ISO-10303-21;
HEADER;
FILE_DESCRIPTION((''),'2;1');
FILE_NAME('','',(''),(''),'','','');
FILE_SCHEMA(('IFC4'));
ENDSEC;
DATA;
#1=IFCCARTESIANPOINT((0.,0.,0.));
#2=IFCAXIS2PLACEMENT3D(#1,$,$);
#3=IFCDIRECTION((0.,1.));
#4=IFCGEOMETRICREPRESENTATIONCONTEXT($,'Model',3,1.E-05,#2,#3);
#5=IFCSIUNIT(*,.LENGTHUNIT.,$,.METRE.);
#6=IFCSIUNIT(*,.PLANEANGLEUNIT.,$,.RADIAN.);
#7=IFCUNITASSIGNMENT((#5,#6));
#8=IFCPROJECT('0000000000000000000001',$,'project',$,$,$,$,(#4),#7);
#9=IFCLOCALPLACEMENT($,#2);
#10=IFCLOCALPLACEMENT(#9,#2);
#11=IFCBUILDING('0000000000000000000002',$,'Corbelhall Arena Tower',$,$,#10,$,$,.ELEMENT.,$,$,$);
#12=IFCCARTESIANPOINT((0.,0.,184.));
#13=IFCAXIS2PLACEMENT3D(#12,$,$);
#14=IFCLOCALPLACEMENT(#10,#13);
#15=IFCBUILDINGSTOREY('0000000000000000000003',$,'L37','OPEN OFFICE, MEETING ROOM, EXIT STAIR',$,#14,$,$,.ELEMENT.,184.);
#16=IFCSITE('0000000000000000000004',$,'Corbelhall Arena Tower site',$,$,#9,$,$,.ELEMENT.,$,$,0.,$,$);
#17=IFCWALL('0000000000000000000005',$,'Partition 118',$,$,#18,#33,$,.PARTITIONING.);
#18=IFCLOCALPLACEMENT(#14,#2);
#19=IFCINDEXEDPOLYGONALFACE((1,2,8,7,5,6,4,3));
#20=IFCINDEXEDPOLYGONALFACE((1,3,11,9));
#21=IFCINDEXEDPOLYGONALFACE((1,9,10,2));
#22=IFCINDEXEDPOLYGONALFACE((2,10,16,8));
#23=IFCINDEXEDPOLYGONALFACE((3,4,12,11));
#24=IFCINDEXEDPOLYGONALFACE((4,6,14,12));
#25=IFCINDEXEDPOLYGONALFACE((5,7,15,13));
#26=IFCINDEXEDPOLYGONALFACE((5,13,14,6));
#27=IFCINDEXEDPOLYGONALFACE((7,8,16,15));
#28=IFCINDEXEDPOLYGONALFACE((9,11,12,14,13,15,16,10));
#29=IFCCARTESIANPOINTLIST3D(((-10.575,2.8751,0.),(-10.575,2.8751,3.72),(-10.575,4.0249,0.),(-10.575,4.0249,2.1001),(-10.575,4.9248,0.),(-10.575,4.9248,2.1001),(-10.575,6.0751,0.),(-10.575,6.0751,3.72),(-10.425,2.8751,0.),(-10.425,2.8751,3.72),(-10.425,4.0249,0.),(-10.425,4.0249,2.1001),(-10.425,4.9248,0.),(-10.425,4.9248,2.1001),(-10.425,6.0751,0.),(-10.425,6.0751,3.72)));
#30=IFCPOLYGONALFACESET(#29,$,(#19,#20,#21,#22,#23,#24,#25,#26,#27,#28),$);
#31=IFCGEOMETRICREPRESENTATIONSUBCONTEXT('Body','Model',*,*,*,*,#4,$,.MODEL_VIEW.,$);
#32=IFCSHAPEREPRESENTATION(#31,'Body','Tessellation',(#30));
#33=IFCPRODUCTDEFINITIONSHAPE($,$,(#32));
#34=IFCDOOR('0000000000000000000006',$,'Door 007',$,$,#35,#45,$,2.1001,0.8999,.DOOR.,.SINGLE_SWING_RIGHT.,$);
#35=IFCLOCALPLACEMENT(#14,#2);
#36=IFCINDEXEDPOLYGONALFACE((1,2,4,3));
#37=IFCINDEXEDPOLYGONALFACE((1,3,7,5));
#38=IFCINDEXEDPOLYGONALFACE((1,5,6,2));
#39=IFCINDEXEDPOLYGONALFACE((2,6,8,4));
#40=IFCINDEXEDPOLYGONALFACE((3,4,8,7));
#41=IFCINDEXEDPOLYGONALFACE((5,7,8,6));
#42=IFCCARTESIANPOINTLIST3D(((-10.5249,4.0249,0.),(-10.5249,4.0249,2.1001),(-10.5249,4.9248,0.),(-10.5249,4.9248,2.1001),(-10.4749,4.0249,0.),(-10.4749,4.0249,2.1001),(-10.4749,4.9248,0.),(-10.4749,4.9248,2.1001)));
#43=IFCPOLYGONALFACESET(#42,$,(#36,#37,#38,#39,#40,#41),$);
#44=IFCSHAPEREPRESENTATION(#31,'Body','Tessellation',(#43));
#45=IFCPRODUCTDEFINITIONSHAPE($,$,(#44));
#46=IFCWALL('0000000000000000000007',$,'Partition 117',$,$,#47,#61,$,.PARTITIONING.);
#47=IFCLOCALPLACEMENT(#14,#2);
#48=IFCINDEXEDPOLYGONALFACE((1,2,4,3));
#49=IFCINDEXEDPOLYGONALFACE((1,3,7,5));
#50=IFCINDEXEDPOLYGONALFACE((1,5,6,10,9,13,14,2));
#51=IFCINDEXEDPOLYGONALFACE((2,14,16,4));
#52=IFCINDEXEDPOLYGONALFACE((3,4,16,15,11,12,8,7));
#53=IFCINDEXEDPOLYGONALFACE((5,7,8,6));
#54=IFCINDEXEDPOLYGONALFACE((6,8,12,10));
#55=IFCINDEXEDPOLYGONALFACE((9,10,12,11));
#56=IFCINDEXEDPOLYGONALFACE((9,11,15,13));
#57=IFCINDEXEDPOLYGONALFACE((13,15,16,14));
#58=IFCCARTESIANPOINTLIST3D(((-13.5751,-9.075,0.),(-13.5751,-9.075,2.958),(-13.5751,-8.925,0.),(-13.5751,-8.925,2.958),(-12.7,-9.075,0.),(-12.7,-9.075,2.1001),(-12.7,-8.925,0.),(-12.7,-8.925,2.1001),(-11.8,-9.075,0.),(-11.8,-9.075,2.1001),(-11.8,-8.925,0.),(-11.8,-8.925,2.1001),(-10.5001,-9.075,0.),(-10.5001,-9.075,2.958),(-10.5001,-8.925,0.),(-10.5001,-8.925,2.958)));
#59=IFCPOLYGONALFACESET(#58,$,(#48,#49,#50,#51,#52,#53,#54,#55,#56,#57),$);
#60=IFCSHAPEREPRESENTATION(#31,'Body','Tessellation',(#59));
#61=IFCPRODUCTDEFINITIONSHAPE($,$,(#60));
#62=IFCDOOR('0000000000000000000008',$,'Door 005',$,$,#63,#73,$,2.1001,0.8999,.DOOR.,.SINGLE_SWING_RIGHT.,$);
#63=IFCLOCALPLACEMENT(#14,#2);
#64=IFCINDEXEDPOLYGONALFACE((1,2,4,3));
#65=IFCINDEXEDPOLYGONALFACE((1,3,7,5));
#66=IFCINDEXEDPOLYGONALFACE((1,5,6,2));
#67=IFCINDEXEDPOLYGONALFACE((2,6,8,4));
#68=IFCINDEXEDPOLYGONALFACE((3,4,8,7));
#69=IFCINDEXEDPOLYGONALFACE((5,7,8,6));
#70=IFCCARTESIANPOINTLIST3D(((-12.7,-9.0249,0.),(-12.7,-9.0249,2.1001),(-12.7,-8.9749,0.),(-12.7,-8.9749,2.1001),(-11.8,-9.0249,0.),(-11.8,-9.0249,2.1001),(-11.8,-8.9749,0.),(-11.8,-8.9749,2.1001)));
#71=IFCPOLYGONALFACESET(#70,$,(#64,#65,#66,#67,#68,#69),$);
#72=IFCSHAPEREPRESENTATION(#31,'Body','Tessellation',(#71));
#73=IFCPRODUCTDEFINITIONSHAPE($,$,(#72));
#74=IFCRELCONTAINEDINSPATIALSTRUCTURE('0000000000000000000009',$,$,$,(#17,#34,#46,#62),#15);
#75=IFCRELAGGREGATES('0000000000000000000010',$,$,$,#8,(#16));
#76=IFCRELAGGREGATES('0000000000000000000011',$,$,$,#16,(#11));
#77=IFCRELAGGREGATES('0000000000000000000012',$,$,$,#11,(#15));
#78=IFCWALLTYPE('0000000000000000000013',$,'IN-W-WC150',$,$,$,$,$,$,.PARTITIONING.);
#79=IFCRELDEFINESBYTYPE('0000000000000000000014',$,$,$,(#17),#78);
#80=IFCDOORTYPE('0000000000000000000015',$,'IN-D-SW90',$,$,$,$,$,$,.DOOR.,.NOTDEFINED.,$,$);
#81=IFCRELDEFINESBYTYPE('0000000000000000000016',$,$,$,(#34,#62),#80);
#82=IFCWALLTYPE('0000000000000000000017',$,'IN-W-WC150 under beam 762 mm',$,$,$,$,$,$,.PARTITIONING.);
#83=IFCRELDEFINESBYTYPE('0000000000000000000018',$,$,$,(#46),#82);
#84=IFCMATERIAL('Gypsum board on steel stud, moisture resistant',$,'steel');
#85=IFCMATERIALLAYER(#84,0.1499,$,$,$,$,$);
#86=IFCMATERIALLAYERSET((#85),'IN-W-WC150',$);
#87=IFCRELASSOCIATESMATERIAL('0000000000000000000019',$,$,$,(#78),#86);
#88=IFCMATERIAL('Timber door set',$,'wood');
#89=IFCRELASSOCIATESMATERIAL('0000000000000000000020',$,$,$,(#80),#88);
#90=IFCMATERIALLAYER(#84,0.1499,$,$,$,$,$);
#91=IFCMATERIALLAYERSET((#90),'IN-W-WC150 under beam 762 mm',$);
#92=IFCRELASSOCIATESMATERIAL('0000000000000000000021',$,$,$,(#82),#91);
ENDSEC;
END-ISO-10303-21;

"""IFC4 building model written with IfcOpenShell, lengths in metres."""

from ifc_helpers import new_model, si_unit, direction, frame, frame_2d, origin, place, context, subcontext, project, spatial, rectangle, extrude, material, layer, layer_set, type_object, element, fill, save


model = new_model("IFC4")

# Units and contexts
model_context = context("Model", 3, precision=1e-05, world=origin(), true_north=direction((0.0, 1.0)))
body_context = subcontext(model_context, "Body", "Model", "MODEL_VIEW")
ifc_project = project(units=[si_unit("LENGTHUNIT", "METRE"), si_unit("PLANEANGLEUNIT", "RADIAN")], contexts=[model_context])

# Site, building, storey
site_placement = place(None, origin())
site = spatial("IfcSite", under=ifc_project, at=site_placement, Name="Corbelhall Arena Tower site", CompositionType="ELEMENT", RefElevation=0.0)
building_placement = place(site_placement, origin())
building = spatial("IfcBuilding", under=site, at=building_placement, Name="Corbelhall Arena Tower", CompositionType="ELEMENT")
storey_placement = place(building_placement, frame((0.0, 0.0, 184.0)))
storey = spatial("IfcBuildingStorey", under=building, at=storey_placement, Name="L37", Description="OPEN OFFICE, MEETING ROOM, EXIT STAIR", CompositionType="ELEMENT", Elevation=184.0)

# Shared definitions
ifc_material_1 = material(Name="Gypsum board on steel stud, moisture resistant", Category="steel")
ifc_layer_1 = layer(ifc_material_1, 0.1499)
ifc_layer_set_1 = layer_set([ifc_layer_1], Name="IN-W-WC150")
wall_type_1 = type_object("IfcWallType", Name="IN-W-WC150", PredefinedType="PARTITIONING", material=ifc_layer_set_1)

# Walls, openings, doors
wall_1_placement = place(storey_placement, frame((-10.5, 2.875, 0.0), z_axis=(0.0, 0.0, 1.0), x_axis=(0.0, 1.0, 0.0)))
wall_1 = element("IfcWall", 1, at=wall_1_placement, inside=storey, type_object=wall_type_1, Name="Partition 118", PredefinedType="PARTITIONING", context=body_context, shape_type="SweptSolid", body=[
    extrude(rectangle(XDim=3.2, YDim=0.1499, at=frame_2d((1.6001, 0.0))), origin(), (0.0, 0.0, 1.0), 3.72),
])
opening_1_placement = place(wall_1_placement, frame((1.1499, 0.0, 0.0)))
opening_1 = element("IfcOpeningElement", 2, at=opening_1_placement, cuts=wall_1, PredefinedType="OPENING", context=body_context, shape_type="SweptSolid", body=[
    extrude(rectangle(XDim=0.8999, YDim=2.1001, at=frame_2d((0.45, 1.05))), frame((0.0, 0.075, 0.0), z_axis=(0.0, -1.0, 0.0), x_axis=(1.0, 0.0, 0.0)), (0.0, 0.0, 1.0), 0.1499),
])
ifc_material_2 = material(Name="Timber door set", Category="wood")
door_type_1 = type_object("IfcDoorType", Name="IN-D-SW90", OperationType="NOTDEFINED", PredefinedType="DOOR", material=ifc_material_2)
door_1_placement = place(opening_1_placement, origin())
door_1 = element("IfcDoor", 3, at=door_1_placement, inside=storey, type_object=door_type_1, Name="Door 007", OperationType="SINGLE_SWING_RIGHT", OverallHeight=2.1001, OverallWidth=0.8999, PredefinedType="DOOR", context=body_context, shape_type="SweptSolid", body=[
    extrude(rectangle(XDim=0.8999, YDim=2.1001, at=frame_2d((0.45, 1.05))), frame((0.0, 0.0249, 0.0), z_axis=(0.0, -1.0, 0.0), x_axis=(1.0, 0.0, 0.0)), (0.0, 0.0, 1.0), 0.05),
])
fill(opening_1, door_1)
ifc_layer_2 = layer(ifc_material_1, 0.1499)
ifc_layer_set_2 = layer_set([ifc_layer_2], Name="IN-W-WC150 under beam 762 mm")
wall_type_2 = type_object("IfcWallType", Name="IN-W-WC150 under beam 762 mm", PredefinedType="PARTITIONING", material=ifc_layer_set_2)
wall_2_placement = place(storey_placement, frame((-10.5, -9.0, 0.0), z_axis=(0.0, 0.0, 1.0), x_axis=(-1.0, 0.0, 0.0)))
wall_2 = element("IfcWall", 4, at=wall_2_placement, inside=storey, type_object=wall_type_2, Name="Partition 117", PredefinedType="PARTITIONING", context=body_context, shape_type="SweptSolid", body=[
    extrude(rectangle(XDim=3.075, YDim=0.1499, at=frame_2d((1.5376, 0.0))), origin(), (0.0, 0.0, 1.0), 2.958),
])
opening_2_placement = place(wall_2_placement, frame((1.3, 0.0, 0.0)))
opening_2 = element("IfcOpeningElement", 5, at=opening_2_placement, cuts=wall_2, PredefinedType="OPENING", context=body_context, shape_type="SweptSolid", body=[
    extrude(rectangle(XDim=0.8999, YDim=2.1001, at=frame_2d((0.45, 1.05))), frame((0.0, 0.075, 0.0), z_axis=(0.0, -1.0, 0.0), x_axis=(1.0, 0.0, 0.0)), (0.0, 0.0, 1.0), 0.1499),
])
door_2_placement = place(opening_2_placement, origin())
door_2 = element("IfcDoor", 6, at=door_2_placement, inside=storey, type_object=door_type_1, Name="Door 005", OperationType="SINGLE_SWING_RIGHT", OverallHeight=2.1001, OverallWidth=0.8999, PredefinedType="DOOR", context=body_context, shape_type="SweptSolid", body=[
    extrude(rectangle(XDim=0.8999, YDim=2.1001, at=frame_2d((0.45, 1.05))), frame((0.0, 0.0249, 0.0), z_axis=(0.0, -1.0, 0.0), x_axis=(1.0, 0.0, 0.0)), (0.0, 0.0, 1.0), 0.05),
])
fill(opening_2, door_2)

save(model, "model.ifc")
